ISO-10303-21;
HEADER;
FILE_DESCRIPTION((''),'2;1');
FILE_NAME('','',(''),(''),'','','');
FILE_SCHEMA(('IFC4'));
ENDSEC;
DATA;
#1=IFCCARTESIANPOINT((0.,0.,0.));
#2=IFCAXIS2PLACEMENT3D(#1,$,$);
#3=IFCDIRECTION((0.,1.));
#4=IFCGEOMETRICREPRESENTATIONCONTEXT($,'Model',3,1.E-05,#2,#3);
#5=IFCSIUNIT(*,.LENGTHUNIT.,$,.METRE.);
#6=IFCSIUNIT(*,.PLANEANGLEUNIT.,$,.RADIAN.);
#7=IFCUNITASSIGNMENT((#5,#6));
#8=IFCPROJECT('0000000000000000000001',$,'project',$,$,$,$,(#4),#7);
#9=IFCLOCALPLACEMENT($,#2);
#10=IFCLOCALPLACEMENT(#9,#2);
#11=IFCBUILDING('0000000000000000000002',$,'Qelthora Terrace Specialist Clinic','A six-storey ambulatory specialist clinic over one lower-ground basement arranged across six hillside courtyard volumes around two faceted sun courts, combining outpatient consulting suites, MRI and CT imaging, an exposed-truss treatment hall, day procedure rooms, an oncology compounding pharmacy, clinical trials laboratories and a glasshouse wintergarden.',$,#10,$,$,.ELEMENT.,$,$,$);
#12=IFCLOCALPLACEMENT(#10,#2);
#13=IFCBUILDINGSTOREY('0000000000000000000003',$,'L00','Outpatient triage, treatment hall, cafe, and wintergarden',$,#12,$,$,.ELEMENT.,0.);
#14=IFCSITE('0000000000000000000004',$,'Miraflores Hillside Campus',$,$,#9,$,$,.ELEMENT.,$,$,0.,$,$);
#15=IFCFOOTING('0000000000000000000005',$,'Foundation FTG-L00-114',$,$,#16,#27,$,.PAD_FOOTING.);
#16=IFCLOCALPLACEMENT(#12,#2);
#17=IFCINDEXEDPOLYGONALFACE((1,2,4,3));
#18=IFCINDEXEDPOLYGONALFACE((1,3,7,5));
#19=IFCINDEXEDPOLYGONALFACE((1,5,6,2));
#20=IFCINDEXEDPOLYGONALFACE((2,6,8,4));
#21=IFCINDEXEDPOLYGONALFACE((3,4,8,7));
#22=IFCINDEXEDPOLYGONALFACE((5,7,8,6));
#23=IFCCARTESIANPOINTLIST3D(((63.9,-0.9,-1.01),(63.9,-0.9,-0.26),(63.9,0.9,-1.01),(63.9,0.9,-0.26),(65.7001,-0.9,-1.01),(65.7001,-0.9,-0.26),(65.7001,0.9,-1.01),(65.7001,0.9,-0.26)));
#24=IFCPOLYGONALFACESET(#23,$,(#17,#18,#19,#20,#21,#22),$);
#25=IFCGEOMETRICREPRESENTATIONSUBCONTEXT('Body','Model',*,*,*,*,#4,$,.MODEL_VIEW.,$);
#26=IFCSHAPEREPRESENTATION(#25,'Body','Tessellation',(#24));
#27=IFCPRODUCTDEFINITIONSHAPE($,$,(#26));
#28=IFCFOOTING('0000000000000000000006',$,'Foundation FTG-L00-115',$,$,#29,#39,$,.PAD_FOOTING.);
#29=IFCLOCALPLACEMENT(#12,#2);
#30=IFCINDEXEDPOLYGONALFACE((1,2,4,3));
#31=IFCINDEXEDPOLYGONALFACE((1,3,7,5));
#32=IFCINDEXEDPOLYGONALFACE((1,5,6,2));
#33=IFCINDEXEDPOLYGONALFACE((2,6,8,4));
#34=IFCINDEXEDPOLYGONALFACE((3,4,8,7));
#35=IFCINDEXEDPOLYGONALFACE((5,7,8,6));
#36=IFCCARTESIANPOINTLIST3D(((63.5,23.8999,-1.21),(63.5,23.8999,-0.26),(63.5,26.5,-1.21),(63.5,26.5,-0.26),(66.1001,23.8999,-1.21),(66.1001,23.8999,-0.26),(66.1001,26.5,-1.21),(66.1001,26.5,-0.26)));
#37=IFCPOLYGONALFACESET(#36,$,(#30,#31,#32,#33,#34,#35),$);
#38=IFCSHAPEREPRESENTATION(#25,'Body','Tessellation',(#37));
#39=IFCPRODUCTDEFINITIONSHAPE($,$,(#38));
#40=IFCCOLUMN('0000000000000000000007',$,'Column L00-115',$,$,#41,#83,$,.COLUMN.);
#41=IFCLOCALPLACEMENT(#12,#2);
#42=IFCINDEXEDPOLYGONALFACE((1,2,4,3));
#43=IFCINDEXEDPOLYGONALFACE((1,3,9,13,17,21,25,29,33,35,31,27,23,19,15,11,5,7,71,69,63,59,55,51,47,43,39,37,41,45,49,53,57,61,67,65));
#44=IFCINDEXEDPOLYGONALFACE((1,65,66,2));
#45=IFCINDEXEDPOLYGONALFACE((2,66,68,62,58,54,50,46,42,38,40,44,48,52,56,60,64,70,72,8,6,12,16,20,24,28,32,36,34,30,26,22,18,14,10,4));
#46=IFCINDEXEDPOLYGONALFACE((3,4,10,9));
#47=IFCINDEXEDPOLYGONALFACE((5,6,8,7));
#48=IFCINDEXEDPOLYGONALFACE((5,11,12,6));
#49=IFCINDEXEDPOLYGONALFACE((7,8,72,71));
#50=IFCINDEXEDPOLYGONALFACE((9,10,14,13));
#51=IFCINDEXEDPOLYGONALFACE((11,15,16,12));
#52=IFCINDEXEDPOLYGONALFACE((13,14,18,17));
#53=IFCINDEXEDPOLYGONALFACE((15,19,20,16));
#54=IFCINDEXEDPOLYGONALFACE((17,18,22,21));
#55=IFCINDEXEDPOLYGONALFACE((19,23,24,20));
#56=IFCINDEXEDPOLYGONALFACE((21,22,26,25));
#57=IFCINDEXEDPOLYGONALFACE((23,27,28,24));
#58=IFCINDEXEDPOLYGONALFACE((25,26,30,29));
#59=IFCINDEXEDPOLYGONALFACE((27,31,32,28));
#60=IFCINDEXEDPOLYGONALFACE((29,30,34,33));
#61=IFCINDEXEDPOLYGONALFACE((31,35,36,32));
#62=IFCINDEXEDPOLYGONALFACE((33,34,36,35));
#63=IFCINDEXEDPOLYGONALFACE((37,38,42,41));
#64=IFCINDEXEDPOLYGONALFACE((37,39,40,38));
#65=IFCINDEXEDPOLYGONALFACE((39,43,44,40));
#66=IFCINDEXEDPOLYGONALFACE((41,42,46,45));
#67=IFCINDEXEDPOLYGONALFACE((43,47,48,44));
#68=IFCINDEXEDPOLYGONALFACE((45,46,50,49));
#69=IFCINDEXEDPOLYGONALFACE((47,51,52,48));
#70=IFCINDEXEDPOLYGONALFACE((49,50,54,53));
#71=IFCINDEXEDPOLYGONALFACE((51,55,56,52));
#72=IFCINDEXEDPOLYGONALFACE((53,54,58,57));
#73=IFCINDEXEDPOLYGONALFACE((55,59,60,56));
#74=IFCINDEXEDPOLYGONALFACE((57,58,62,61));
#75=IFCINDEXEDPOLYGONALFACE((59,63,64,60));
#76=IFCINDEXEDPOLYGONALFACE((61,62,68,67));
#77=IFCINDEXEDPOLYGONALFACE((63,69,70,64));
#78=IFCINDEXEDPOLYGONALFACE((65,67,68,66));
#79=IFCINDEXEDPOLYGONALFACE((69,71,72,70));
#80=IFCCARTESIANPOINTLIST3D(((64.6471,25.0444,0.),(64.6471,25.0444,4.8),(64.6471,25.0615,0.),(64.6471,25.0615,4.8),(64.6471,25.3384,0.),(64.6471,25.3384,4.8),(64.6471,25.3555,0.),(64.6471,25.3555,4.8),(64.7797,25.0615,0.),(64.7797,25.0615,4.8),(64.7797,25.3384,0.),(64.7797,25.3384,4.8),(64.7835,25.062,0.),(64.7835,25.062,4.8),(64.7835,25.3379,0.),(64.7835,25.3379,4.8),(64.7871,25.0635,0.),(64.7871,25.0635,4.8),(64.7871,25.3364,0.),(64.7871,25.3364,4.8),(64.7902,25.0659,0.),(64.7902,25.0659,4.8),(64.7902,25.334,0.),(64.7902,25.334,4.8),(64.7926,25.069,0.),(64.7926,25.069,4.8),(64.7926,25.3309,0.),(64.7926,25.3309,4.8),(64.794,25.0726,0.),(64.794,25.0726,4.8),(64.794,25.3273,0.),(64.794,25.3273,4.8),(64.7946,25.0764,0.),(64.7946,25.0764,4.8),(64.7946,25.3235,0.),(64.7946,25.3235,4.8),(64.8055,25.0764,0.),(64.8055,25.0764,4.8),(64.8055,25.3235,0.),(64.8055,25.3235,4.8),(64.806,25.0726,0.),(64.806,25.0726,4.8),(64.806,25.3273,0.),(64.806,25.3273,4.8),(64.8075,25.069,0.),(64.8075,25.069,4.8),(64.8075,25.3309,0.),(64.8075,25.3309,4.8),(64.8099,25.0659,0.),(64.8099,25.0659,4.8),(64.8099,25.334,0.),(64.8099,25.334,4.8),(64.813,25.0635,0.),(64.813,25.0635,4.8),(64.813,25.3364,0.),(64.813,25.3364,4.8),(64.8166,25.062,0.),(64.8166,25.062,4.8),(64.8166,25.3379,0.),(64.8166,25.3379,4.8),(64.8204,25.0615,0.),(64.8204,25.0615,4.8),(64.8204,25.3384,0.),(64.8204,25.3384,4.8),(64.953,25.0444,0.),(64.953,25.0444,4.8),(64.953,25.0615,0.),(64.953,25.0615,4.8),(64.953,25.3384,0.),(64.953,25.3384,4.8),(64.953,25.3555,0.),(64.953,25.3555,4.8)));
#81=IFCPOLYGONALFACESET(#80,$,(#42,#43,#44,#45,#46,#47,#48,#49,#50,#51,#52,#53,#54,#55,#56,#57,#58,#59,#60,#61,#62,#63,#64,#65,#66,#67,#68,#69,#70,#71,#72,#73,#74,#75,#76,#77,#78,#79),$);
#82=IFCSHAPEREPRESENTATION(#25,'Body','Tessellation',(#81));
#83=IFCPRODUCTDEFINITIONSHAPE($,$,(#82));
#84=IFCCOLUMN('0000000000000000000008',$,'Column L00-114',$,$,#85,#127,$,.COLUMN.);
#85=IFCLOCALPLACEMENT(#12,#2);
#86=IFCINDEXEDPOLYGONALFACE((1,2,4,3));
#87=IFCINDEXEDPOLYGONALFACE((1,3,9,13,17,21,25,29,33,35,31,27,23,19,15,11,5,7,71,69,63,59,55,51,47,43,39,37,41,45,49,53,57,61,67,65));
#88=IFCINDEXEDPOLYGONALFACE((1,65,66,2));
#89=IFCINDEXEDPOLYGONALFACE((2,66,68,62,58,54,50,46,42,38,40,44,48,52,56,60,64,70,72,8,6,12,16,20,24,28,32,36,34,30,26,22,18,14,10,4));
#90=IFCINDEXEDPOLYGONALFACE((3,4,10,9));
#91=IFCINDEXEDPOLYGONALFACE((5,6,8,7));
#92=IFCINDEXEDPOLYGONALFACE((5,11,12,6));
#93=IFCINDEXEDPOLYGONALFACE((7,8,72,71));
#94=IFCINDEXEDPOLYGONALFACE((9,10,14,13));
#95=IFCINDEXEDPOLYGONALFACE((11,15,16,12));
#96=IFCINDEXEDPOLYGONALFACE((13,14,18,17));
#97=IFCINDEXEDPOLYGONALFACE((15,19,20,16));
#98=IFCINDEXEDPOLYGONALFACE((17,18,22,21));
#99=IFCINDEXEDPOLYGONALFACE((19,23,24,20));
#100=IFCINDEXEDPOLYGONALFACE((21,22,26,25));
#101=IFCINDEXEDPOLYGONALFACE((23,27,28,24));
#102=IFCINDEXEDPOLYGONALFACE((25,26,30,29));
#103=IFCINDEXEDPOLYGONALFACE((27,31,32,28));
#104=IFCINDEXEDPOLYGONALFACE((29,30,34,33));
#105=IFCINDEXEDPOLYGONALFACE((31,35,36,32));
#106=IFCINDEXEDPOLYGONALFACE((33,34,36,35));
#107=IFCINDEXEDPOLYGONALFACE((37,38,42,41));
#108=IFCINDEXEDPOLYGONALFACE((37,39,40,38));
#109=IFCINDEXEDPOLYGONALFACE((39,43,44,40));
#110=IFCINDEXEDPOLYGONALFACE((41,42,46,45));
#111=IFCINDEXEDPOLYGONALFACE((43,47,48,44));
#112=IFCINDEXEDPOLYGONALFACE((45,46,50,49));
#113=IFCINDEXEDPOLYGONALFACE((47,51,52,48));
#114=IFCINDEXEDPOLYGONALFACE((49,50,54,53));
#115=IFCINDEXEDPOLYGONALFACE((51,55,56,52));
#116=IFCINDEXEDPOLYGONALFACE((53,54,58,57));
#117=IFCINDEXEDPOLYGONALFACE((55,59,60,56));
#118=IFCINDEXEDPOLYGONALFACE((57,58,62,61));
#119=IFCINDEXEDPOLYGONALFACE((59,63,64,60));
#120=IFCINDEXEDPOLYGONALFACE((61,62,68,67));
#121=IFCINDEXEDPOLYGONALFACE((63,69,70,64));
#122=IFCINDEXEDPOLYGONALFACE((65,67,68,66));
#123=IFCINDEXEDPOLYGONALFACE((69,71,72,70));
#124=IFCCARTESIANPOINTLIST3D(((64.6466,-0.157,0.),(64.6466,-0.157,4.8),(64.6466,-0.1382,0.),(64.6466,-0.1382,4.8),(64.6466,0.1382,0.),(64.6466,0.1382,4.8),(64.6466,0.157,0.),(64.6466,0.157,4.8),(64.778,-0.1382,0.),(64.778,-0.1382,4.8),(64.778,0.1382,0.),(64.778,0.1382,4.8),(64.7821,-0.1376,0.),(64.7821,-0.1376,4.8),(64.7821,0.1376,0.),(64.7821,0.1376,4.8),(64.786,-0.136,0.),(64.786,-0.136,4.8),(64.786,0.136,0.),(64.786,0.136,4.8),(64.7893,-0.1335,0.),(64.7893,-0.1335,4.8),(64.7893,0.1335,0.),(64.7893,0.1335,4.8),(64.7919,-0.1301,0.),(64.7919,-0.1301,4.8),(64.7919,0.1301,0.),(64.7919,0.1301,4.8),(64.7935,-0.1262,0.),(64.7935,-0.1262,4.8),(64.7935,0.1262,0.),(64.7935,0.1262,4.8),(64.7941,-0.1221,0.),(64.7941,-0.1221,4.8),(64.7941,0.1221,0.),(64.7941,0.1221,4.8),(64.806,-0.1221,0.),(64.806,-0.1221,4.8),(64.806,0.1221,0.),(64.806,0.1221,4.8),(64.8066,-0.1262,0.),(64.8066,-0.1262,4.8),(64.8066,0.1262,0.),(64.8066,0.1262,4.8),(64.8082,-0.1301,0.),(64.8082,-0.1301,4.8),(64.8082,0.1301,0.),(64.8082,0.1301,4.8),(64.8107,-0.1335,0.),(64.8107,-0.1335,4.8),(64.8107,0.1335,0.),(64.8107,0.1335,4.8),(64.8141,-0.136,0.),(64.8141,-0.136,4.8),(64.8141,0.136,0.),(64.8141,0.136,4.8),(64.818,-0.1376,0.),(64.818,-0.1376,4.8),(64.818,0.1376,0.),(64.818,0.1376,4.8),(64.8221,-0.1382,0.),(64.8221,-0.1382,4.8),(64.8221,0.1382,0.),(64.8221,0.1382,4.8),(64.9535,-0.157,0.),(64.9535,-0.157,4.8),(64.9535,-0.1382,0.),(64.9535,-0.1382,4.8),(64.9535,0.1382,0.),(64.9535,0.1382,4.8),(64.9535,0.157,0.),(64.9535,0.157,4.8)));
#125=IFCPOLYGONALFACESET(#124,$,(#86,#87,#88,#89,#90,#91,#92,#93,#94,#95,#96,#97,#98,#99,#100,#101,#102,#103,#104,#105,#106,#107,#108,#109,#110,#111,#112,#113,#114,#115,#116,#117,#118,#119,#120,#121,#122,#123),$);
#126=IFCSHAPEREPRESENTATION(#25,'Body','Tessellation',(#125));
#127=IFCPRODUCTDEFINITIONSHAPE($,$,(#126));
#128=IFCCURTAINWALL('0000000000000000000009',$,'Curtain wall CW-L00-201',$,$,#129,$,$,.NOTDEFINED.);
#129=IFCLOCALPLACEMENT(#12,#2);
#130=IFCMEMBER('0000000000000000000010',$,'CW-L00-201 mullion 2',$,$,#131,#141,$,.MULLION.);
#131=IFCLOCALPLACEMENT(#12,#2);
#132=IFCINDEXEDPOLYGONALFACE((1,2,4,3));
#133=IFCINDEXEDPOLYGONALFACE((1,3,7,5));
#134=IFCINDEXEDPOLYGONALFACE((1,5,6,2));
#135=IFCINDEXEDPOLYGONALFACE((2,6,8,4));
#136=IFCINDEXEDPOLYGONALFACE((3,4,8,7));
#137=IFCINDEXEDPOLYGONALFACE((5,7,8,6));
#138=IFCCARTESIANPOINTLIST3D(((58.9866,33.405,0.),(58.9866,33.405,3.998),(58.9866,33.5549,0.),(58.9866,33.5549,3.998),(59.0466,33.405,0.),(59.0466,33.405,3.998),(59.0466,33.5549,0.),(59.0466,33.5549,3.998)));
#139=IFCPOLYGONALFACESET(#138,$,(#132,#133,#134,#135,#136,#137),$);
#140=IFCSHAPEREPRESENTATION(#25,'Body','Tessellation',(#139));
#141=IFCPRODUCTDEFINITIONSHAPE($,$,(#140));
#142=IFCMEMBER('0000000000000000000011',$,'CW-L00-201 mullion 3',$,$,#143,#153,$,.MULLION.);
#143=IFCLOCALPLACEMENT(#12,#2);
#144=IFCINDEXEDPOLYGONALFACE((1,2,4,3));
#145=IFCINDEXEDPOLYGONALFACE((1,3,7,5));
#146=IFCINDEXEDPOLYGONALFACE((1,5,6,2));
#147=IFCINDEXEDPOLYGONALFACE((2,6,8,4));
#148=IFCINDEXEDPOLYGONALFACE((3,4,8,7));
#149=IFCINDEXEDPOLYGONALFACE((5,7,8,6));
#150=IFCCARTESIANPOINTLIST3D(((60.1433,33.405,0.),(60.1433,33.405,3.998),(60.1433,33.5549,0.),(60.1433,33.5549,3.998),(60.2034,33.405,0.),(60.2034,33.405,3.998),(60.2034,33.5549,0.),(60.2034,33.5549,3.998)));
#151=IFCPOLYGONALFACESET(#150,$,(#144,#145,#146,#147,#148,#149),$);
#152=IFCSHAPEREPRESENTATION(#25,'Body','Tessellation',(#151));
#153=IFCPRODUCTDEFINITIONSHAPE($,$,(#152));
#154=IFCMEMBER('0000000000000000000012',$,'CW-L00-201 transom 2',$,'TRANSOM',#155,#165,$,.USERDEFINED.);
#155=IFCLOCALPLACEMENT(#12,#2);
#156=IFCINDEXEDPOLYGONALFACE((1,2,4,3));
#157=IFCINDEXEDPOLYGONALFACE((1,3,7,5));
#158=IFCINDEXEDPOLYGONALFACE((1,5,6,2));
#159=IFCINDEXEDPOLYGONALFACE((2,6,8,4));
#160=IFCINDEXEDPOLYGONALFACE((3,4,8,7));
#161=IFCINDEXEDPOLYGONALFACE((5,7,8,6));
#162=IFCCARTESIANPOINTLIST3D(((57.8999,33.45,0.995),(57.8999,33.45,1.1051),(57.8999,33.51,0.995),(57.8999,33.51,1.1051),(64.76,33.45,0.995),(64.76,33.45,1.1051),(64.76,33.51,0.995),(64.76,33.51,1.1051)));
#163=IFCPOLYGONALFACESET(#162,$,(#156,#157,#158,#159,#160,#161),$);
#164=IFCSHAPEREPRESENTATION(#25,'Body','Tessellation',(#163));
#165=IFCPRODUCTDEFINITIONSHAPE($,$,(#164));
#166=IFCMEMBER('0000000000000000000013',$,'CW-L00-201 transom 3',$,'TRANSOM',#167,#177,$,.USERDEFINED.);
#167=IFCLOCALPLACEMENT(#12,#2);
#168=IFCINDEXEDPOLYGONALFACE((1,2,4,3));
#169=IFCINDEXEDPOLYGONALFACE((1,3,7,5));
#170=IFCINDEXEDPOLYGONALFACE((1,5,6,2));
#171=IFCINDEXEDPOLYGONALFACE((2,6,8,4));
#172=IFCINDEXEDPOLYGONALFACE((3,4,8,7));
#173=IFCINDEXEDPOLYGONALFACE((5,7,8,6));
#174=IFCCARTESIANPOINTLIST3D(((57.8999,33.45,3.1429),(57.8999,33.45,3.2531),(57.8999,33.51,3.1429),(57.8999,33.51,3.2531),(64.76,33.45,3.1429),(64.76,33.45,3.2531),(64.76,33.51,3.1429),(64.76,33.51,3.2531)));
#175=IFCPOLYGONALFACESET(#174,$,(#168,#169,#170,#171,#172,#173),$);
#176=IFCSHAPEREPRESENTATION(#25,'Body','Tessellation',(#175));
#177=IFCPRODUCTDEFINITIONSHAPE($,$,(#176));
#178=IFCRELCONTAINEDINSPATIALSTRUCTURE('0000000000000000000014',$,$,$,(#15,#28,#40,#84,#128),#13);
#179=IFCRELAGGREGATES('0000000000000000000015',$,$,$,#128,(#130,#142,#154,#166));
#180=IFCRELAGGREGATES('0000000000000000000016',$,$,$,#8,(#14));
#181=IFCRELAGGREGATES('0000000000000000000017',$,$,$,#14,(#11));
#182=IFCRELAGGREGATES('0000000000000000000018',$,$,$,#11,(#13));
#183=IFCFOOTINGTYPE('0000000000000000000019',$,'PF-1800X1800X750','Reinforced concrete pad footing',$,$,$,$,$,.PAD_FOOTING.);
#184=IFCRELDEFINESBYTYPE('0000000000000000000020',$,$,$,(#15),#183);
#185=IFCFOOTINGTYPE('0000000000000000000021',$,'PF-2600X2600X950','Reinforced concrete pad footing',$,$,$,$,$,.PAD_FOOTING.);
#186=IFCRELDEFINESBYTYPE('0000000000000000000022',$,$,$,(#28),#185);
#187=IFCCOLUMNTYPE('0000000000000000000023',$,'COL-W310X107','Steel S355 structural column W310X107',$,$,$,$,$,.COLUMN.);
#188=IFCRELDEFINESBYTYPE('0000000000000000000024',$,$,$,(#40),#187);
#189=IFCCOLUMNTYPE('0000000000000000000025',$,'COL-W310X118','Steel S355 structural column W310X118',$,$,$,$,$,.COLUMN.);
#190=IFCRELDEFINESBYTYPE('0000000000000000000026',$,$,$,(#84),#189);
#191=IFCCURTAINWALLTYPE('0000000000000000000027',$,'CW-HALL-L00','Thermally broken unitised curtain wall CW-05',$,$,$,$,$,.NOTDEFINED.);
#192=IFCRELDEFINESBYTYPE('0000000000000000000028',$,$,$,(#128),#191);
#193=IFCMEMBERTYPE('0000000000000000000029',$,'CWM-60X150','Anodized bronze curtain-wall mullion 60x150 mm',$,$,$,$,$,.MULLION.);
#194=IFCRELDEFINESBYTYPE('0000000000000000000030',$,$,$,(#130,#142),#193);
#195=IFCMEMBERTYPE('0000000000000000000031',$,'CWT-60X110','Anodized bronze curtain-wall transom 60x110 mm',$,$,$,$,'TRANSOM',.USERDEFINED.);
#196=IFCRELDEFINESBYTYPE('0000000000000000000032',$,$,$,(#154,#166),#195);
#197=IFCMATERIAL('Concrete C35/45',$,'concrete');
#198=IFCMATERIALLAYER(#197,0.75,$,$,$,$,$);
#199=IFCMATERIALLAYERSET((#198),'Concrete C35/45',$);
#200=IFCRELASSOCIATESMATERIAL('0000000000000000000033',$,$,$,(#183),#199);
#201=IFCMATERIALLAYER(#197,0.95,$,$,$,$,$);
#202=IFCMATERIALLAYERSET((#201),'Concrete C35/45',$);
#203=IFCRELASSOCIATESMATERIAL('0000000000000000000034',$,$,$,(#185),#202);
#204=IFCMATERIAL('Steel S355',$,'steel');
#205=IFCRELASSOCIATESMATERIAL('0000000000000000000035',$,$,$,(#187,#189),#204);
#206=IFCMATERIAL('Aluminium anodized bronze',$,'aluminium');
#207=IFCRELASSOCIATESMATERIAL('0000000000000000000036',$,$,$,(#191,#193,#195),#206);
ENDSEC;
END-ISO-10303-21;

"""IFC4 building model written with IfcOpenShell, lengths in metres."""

from ifc_helpers import new_model, si_unit, direction, frame, origin, origin_2d, place, context, subcontext, project, spatial, rectangle, i_section, extrude, material, layer, layer_set, material_profile, profile_set, type_object, element, aggregate, save


model = new_model("IFC4")

# Units and contexts
model_context = context("Model", 3, precision=1e-05, world=origin(), true_north=direction((0.0, 1.0)))
body_context = subcontext(model_context, "Body", "Model", "MODEL_VIEW")
ifc_project = project(units=[si_unit("LENGTHUNIT", "METRE"), si_unit("PLANEANGLEUNIT", "RADIAN")], contexts=[model_context])

# Site, building, storey
site_placement = place(None, origin())
site = spatial("IfcSite", under=ifc_project, at=site_placement, Name="Miraflores Hillside Campus", CompositionType="ELEMENT", RefElevation=0.0)
building_placement = place(site_placement, origin())
building = spatial("IfcBuilding", under=site, at=building_placement, Name="Qelthora Terrace Specialist Clinic", Description="A six-storey ambulatory specialist clinic over one lower-ground basement arranged across six hillside courtyard volumes around two faceted sun courts, combining outpatient consulting suites, MRI and CT imaging, an exposed-truss treatment hall, day procedure rooms, an oncology compounding pharmacy, clinical trials laboratories and a glasshouse wintergarden.", CompositionType="ELEMENT")
storey_placement = place(building_placement, origin())
storey = spatial("IfcBuildingStorey", under=building, at=storey_placement, Name="L00", Description="Outpatient triage, treatment hall, cafe, and wintergarden", CompositionType="ELEMENT", Elevation=0.0)

# Footings
ifc_material_1 = material(Name="Concrete C35/45", Category="concrete")
ifc_layer_1 = layer(ifc_material_1, 0.75)
ifc_layer_set_1 = layer_set([ifc_layer_1], Name="Concrete C35/45")
footing_type_1 = type_object("IfcFootingType", Name="PF-1800X1800X750", Description="Reinforced concrete pad footing", PredefinedType="PAD_FOOTING", material=ifc_layer_set_1)
footing_1_placement = place(storey_placement, frame((64.8, 0.0, -1.01), z_axis=(0.0, 0.0, 1.0), x_axis=(1.0, 0.0, 0.0)))
element("IfcFooting", 1, at=footing_1_placement, inside=storey, type_object=footing_type_1, Name="Foundation FTG-L00-114", PredefinedType="PAD_FOOTING", context=body_context, shape_type="SweptSolid", body=[
    extrude(rectangle(XDim=1.8, YDim=1.8, at=origin_2d()), origin(), (0.0, 0.0, 1.0), 0.75),
])
ifc_layer_2 = layer(ifc_material_1, 0.95)
ifc_layer_set_2 = layer_set([ifc_layer_2], Name="Concrete C35/45")
footing_type_2 = type_object("IfcFootingType", Name="PF-2600X2600X950", Description="Reinforced concrete pad footing", PredefinedType="PAD_FOOTING", material=ifc_layer_set_2)
footing_2_placement = place(storey_placement, frame((64.8, 25.2, -1.21), z_axis=(0.0, 0.0, 1.0), x_axis=(1.0, 0.0, 0.0)))
element("IfcFooting", 2, at=footing_2_placement, inside=storey, type_object=footing_type_2, Name="Foundation FTG-L00-115", PredefinedType="PAD_FOOTING", context=body_context, shape_type="SweptSolid", body=[
    extrude(rectangle(XDim=2.6001, YDim=2.6001, at=origin_2d()), origin(), (0.0, 0.0, 1.0), 0.95),
])

# Columns
ifc_material_2 = material(Name="Steel S355", Category="steel")
ifc_material_profile_1 = material_profile(ifc_material_2, i_section(OverallWidth=0.3059, OverallDepth=0.311, WebThickness=0.011, FlangeThickness=0.0171, FilletRadius=0.0149, at=origin_2d()), Name="W310X107")
ifc_profile_set_1 = profile_set([ifc_material_profile_1], Name="Steel S355")
column_type_1 = type_object("IfcColumnType", Name="COL-W310X107", Description="Steel S355 structural column W310X107", PredefinedType="COLUMN", material=ifc_profile_set_1)
column_1_placement = place(storey_placement, frame((64.8, 25.2, 0.0), z_axis=(0.0, 0.0, 1.0), x_axis=(1.0, 0.0, 0.0)))
element("IfcColumn", 3, at=column_1_placement, inside=storey, type_object=column_type_1, Name="Column L00-115", PredefinedType="COLUMN", context=body_context, shape_type="SweptSolid", body=[
    extrude(i_section(OverallWidth=0.3059, OverallDepth=0.311, WebThickness=0.011, FlangeThickness=0.0171, FilletRadius=0.0149, at=origin_2d()), origin(), (0.0, 0.0, 1.0), 4.8),
])
ifc_material_profile_2 = material_profile(ifc_material_2, i_section(OverallWidth=0.3069, OverallDepth=0.314, WebThickness=0.012, FlangeThickness=0.0188, FilletRadius=0.0161, at=origin_2d()), Name="W310X118")
ifc_profile_set_2 = profile_set([ifc_material_profile_2], Name="Steel S355")
column_type_2 = type_object("IfcColumnType", Name="COL-W310X118", Description="Steel S355 structural column W310X118", PredefinedType="COLUMN", material=ifc_profile_set_2)
column_2_placement = place(storey_placement, frame((64.8, 0.0, 0.0), z_axis=(0.0, 0.0, 1.0), x_axis=(1.0, 0.0, 0.0)))
element("IfcColumn", 4, at=column_2_placement, inside=storey, type_object=column_type_2, Name="Column L00-114", PredefinedType="COLUMN", context=body_context, shape_type="SweptSolid", body=[
    extrude(i_section(OverallWidth=0.3069, OverallDepth=0.314, WebThickness=0.012, FlangeThickness=0.0188, FilletRadius=0.0161, at=origin_2d()), origin(), (0.0, 0.0, 1.0), 4.8),
])

# Curtain wall, members
ifc_material_3 = material(Name="Aluminium anodized bronze", Category="aluminium")
curtain_wall_type = type_object("IfcCurtainWallType", Name="CW-HALL-L00", Description="Thermally broken unitised curtain wall CW-05", PredefinedType="NOTDEFINED", material=ifc_material_3)
curtain_wall_placement = place(storey_placement, origin())
curtain_wall = element("IfcCurtainWall", 5, at=curtain_wall_placement, inside=storey, type_object=curtain_wall_type, Name="Curtain wall CW-L00-201", PredefinedType="NOTDEFINED")
ifc_material_profile_3 = material_profile(ifc_material_3, rectangle(XDim=0.0601, YDim=0.1499, at=origin_2d()), Name="CWM60X150")
ifc_profile_set_3 = profile_set([ifc_material_profile_3], Name="Aluminium anodized bronze")
member_type_1 = type_object("IfcMemberType", Name="CWM-60X150", Description="Anodized bronze curtain-wall mullion 60x150 mm", PredefinedType="MULLION", material=ifc_profile_set_3)
member_1_placement = place(storey_placement, frame((59.0166, 33.48, 0.0), z_axis=(0.0, 0.0, 1.0), x_axis=(1.0, 0.0, 0.0)))
member_1 = element("IfcMember", 6, at=member_1_placement, type_object=member_type_1, Name="CW-L00-201 mullion 2", PredefinedType="MULLION", context=body_context, shape_type="SweptSolid", body=[
    extrude(rectangle(XDim=0.0601, YDim=0.1499, at=origin_2d()), origin(), (0.0, 0.0, 1.0), 3.998),
])
member_2_placement = place(storey_placement, frame((60.1733, 33.48, 0.0), z_axis=(0.0, 0.0, 1.0), x_axis=(1.0, 0.0, 0.0)))
member_2 = element("IfcMember", 7, at=member_2_placement, type_object=member_type_1, Name="CW-L00-201 mullion 3", PredefinedType="MULLION", context=body_context, shape_type="SweptSolid", body=[
    extrude(rectangle(XDim=0.0601, YDim=0.1499, at=origin_2d()), origin(), (0.0, 0.0, 1.0), 3.998),
])
ifc_material_profile_4 = material_profile(ifc_material_3, rectangle(XDim=0.0601, YDim=0.1101, at=origin_2d()), Name="CWT60X110")
ifc_profile_set_4 = profile_set([ifc_material_profile_4], Name="Aluminium anodized bronze")
member_type_2 = type_object("IfcMemberType", Name="CWT-60X110", Description="Anodized bronze curtain-wall transom 60x110 mm", ElementType="TRANSOM", PredefinedType="USERDEFINED", material=ifc_profile_set_4)
member_3_placement = place(storey_placement, frame((57.8999, 33.48, 1.05), z_axis=(1.0, 0.0, 0.0), x_axis=(0.0, 1.0, 0.0)))
member_3 = element("IfcMember", 8, at=member_3_placement, type_object=member_type_2, Name="CW-L00-201 transom 2", ObjectType="TRANSOM", PredefinedType="USERDEFINED", context=body_context, shape_type="SweptSolid", body=[
    extrude(rectangle(XDim=0.0601, YDim=0.1101, at=origin_2d()), origin(), (0.0, 0.0, 1.0), 6.8601),
])
member_4_placement = place(storey_placement, frame((57.8999, 33.48, 3.198), z_axis=(1.0, 0.0, 0.0), x_axis=(0.0, 1.0, 0.0)))
member_4 = element("IfcMember", 9, at=member_4_placement, type_object=member_type_2, Name="CW-L00-201 transom 3", ObjectType="TRANSOM", PredefinedType="USERDEFINED", context=body_context, shape_type="SweptSolid", body=[
    extrude(rectangle(XDim=0.0601, YDim=0.1101, at=origin_2d()), origin(), (0.0, 0.0, 1.0), 6.8601),
])
aggregate(curtain_wall, [member_1, member_2, member_3, member_4])

save(model, "model.ifc")
